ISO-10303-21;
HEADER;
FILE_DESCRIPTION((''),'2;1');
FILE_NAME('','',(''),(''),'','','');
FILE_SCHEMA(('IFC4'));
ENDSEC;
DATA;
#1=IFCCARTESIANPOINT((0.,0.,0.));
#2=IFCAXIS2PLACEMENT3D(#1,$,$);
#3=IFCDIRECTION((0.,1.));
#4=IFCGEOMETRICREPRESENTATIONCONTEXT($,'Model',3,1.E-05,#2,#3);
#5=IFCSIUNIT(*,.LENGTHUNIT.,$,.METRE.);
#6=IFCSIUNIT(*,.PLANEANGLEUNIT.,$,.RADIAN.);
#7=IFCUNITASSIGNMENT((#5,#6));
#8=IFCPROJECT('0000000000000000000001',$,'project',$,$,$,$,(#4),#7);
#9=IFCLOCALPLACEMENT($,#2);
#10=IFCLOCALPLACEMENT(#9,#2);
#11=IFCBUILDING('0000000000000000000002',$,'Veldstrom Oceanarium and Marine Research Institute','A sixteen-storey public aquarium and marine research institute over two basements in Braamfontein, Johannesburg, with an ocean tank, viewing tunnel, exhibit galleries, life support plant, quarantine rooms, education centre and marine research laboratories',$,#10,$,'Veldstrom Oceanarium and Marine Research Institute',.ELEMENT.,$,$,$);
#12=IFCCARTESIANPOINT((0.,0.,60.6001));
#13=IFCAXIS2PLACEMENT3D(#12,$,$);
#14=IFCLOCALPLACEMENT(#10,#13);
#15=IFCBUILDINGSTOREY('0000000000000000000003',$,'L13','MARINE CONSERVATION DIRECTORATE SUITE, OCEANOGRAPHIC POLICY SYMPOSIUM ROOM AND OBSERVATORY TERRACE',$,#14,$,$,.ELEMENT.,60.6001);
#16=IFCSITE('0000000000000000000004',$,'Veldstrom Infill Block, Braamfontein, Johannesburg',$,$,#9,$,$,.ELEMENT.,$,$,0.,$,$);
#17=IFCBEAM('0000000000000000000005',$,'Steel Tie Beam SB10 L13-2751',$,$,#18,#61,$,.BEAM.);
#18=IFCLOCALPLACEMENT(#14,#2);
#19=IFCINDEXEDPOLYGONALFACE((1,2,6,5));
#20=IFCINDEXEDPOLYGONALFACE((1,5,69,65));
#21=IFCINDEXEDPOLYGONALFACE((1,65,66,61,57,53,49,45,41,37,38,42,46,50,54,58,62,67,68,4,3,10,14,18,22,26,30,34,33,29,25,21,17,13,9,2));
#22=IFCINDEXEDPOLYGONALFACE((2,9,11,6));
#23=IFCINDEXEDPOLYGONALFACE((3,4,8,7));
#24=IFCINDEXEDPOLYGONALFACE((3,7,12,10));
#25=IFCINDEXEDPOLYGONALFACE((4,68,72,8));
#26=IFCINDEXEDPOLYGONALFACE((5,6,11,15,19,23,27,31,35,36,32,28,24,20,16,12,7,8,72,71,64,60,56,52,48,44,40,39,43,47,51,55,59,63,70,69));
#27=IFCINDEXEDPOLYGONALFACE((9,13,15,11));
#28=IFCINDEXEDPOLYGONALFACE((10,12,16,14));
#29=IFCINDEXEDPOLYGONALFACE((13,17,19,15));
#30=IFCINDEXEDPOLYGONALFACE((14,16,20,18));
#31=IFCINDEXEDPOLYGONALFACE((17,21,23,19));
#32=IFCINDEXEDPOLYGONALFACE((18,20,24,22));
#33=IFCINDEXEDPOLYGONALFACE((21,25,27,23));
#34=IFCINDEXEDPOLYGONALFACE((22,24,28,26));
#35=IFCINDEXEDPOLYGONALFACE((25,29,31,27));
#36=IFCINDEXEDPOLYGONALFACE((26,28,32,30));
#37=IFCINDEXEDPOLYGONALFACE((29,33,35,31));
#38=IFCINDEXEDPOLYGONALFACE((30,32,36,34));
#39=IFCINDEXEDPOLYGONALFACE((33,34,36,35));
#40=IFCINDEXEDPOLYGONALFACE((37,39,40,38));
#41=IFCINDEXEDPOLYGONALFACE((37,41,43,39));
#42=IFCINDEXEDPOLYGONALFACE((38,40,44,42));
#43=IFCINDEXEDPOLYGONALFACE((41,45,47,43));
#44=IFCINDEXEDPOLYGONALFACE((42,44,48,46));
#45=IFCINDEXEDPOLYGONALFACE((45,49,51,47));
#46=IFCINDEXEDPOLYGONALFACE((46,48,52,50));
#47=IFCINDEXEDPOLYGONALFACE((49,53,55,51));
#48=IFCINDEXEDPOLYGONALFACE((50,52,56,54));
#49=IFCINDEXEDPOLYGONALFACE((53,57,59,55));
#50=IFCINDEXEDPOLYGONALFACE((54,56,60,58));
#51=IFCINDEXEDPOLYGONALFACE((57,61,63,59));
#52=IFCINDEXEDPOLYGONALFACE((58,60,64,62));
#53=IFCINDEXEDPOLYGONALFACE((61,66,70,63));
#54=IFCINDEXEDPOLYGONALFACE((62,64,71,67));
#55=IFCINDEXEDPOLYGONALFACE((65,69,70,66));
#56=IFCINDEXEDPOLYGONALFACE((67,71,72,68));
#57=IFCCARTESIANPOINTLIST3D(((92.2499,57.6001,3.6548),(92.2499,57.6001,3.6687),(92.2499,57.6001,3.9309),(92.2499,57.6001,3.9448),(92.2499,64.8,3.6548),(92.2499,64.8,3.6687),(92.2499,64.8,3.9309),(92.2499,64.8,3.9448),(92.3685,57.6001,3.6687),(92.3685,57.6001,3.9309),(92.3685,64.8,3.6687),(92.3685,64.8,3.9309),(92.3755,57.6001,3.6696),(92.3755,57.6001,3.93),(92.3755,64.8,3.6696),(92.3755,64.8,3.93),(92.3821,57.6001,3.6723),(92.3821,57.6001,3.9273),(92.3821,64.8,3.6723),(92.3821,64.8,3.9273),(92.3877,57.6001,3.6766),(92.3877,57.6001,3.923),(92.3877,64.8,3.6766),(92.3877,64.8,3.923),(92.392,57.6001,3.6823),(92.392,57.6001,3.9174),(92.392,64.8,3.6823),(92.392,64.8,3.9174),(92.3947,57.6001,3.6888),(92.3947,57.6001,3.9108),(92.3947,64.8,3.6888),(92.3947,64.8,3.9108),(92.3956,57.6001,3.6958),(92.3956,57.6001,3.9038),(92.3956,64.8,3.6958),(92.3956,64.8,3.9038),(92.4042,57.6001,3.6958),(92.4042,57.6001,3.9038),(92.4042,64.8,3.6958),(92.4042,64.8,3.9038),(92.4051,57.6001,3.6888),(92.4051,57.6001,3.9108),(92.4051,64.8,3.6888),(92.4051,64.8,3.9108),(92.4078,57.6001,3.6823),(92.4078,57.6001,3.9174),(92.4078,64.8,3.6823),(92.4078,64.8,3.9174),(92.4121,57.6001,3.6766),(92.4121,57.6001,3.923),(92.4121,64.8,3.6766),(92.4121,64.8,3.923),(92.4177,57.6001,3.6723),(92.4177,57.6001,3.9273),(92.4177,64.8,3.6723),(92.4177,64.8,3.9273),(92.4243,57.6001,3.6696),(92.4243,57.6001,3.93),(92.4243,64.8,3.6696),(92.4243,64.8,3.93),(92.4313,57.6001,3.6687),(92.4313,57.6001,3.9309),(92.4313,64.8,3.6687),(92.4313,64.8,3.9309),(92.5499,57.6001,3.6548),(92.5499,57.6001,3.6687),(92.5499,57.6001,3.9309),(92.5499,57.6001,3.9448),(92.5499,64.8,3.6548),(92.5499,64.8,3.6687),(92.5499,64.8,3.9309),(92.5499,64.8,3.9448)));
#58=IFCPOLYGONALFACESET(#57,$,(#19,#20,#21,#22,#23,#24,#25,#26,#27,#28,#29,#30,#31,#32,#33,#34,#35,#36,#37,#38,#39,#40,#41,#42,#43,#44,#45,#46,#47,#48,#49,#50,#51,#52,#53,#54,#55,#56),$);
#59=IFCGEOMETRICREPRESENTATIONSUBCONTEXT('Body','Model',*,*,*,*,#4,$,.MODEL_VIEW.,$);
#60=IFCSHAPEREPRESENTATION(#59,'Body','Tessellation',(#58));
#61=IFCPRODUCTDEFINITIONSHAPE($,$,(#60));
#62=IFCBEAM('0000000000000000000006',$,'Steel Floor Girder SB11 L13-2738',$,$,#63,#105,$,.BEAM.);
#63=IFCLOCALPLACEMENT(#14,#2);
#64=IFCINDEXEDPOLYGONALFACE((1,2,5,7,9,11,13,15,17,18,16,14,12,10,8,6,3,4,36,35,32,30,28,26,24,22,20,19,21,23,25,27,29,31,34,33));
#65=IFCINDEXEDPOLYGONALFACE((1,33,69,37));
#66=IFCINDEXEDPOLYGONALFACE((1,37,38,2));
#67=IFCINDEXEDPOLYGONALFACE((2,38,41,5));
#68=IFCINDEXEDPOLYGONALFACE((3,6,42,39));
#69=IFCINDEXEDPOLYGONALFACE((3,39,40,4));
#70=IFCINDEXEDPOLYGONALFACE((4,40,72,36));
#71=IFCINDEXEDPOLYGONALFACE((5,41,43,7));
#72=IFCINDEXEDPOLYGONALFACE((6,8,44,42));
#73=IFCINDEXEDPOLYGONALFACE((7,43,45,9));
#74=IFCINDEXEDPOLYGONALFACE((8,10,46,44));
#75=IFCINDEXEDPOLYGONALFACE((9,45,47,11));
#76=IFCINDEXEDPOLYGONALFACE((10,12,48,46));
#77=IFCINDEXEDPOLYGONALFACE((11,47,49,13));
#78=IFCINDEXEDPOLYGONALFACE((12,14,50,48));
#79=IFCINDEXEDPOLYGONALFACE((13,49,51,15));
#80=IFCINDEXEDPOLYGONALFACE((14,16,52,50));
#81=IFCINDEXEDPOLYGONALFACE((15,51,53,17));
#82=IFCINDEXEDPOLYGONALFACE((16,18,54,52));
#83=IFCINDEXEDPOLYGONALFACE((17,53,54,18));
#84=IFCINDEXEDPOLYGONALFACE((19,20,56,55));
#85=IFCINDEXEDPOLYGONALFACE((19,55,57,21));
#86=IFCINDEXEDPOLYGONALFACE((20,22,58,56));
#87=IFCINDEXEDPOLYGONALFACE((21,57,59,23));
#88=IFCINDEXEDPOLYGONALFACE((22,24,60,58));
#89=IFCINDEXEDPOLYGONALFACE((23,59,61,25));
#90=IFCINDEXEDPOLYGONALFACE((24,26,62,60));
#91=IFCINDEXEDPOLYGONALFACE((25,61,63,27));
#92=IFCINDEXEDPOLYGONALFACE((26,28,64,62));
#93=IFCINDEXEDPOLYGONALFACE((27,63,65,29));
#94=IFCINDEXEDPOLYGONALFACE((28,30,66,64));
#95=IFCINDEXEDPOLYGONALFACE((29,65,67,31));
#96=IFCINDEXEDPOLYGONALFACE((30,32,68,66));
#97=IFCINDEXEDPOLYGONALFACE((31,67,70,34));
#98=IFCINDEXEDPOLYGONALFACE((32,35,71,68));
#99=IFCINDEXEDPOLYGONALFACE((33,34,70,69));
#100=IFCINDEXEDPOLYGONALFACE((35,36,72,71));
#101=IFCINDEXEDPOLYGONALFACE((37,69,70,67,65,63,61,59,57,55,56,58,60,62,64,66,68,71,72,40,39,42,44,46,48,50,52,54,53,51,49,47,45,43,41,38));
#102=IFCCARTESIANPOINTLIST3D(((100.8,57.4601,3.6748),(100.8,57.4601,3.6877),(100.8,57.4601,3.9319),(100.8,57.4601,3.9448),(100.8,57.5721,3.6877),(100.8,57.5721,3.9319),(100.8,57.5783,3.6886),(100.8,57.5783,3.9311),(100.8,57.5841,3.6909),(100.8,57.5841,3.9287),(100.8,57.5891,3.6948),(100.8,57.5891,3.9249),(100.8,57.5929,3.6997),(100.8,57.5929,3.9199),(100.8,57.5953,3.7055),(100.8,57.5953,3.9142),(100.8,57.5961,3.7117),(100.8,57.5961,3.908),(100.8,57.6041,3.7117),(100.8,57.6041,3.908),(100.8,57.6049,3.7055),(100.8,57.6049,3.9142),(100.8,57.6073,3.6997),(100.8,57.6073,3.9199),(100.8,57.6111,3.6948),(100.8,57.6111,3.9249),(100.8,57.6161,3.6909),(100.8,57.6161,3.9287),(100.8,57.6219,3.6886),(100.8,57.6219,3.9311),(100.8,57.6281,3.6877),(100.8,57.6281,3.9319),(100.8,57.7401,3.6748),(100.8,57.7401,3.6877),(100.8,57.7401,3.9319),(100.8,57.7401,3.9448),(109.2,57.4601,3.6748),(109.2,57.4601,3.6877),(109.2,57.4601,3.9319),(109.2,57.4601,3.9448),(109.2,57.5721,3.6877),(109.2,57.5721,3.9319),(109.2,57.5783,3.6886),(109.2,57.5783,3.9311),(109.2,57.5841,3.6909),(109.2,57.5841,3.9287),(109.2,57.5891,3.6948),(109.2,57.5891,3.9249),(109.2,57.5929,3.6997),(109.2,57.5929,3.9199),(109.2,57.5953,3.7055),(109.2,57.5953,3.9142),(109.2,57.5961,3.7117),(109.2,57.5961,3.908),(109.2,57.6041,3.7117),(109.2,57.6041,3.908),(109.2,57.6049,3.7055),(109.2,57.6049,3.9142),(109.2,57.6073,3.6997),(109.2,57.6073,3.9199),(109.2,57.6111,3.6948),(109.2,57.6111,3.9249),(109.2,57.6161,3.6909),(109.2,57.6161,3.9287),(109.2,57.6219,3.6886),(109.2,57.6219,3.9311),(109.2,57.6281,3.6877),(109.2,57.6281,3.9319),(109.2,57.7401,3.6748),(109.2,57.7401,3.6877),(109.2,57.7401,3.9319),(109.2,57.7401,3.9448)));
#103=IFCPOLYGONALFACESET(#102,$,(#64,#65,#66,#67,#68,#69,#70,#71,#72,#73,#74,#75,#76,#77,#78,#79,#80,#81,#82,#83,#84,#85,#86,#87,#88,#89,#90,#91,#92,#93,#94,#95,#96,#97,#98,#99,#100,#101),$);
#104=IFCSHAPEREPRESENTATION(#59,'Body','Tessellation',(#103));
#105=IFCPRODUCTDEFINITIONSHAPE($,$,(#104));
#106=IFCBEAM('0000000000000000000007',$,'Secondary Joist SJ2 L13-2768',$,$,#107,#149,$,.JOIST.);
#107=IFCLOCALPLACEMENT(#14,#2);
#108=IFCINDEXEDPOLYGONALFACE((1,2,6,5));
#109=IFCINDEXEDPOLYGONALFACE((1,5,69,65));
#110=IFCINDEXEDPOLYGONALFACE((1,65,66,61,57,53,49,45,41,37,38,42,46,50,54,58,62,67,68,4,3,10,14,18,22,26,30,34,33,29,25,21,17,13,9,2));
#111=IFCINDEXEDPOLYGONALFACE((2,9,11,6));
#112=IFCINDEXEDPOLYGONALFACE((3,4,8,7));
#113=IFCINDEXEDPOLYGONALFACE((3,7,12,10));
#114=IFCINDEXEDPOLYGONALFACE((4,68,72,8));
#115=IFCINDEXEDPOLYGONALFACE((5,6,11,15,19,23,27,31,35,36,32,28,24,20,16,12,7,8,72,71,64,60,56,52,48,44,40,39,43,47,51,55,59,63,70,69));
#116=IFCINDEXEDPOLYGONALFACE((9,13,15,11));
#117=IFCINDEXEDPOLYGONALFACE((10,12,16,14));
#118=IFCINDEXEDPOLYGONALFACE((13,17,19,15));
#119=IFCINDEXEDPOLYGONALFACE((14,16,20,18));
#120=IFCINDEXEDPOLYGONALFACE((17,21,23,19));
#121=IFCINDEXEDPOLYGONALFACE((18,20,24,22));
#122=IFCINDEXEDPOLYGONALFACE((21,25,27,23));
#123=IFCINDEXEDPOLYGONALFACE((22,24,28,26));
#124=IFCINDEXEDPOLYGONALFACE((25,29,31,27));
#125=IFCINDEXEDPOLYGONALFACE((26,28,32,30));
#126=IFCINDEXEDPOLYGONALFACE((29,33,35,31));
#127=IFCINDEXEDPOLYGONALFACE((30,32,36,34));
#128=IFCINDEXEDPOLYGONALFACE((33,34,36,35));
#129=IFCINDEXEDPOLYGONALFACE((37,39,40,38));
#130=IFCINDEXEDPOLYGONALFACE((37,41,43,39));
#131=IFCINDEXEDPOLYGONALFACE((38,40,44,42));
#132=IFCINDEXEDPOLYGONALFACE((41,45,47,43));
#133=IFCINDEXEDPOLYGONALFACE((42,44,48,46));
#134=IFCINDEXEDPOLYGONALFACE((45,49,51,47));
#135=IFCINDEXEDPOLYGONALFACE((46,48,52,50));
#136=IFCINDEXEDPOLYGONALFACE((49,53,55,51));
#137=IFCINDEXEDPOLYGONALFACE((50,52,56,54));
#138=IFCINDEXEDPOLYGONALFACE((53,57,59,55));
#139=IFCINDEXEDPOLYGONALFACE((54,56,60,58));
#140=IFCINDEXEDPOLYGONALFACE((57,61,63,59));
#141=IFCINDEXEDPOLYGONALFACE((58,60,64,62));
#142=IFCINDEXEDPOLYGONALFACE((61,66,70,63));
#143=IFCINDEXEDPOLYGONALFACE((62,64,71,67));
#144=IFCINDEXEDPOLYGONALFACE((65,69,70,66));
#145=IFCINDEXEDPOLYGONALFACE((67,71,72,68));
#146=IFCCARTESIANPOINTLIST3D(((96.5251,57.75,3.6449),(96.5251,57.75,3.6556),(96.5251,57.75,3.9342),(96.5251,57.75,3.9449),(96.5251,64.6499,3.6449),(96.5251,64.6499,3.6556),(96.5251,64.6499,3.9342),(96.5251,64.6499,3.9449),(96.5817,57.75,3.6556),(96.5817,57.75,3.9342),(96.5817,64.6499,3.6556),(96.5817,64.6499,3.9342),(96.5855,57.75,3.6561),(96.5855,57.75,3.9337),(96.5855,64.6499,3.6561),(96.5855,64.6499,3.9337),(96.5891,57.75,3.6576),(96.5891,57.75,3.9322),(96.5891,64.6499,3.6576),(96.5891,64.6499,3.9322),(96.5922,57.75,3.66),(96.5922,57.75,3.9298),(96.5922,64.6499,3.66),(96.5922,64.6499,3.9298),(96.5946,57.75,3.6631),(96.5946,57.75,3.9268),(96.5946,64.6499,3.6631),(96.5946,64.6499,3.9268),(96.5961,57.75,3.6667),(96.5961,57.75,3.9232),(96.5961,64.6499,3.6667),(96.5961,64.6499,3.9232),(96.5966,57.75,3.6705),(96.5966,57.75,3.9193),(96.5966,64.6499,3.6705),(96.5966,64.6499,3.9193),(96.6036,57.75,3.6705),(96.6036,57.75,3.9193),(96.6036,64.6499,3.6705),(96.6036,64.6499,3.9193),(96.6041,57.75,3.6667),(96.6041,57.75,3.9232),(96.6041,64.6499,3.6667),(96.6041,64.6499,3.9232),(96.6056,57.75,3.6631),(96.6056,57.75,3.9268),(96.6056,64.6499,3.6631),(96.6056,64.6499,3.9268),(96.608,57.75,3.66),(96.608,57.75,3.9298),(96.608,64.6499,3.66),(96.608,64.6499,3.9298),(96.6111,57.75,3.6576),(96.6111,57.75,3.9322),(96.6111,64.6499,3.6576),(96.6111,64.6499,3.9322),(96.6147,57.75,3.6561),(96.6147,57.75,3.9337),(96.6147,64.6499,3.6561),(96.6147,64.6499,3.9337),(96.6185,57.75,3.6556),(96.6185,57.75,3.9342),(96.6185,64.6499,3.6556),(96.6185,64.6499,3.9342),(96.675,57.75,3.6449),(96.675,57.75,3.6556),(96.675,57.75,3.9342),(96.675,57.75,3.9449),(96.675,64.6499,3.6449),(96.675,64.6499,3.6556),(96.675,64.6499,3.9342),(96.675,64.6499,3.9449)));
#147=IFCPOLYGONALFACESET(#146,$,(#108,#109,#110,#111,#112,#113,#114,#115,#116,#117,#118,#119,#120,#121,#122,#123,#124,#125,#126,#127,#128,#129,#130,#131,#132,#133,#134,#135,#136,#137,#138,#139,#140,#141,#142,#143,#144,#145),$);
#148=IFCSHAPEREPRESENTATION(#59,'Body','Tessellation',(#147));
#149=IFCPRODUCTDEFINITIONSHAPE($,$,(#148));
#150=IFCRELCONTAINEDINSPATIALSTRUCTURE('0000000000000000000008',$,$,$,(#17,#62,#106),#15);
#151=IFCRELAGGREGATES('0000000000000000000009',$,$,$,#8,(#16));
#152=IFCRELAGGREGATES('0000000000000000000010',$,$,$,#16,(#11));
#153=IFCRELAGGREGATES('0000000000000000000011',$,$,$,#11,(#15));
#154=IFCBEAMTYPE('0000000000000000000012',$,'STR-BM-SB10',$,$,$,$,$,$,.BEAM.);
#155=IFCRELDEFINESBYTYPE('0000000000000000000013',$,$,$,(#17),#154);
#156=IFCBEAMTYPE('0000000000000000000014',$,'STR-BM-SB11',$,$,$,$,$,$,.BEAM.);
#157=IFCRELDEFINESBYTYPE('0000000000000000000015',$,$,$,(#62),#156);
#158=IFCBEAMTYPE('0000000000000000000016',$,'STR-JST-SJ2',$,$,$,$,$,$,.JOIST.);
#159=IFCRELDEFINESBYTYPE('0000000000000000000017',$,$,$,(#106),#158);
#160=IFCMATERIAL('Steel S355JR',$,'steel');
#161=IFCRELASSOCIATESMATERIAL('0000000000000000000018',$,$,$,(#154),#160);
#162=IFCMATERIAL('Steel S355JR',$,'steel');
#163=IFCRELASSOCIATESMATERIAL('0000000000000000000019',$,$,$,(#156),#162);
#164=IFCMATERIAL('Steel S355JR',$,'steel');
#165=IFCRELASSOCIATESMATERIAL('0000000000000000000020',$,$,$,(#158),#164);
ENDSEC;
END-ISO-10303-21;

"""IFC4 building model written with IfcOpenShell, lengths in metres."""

from ifc_helpers import new_model, si_unit, direction, frame, origin, origin_2d, place, context, subcontext, project, spatial, i_section, extrude, material, material_profile, profile_set, type_object, element, save


model = new_model("IFC4")

# Units and contexts
model_context = context("Model", 3, precision=1e-05, world=origin(), true_north=direction((0.0, 1.0)))
body_context = subcontext(model_context, "Body", "Model", "MODEL_VIEW")
ifc_project = project(units=[si_unit("LENGTHUNIT", "METRE"), si_unit("PLANEANGLEUNIT", "RADIAN")], contexts=[model_context])

# Site, building, storey
site_placement = place(None, origin())
site = spatial("IfcSite", under=ifc_project, at=site_placement, Name="Veldstrom Infill Block, Braamfontein, Johannesburg", CompositionType="ELEMENT", RefElevation=0.0)
building_placement = place(site_placement, origin())
building = spatial("IfcBuilding", under=site, at=building_placement, Name="Veldstrom Oceanarium and Marine Research Institute", Description="A sixteen-storey public aquarium and marine research institute over two basements in Braamfontein, Johannesburg, with an ocean tank, viewing tunnel, exhibit galleries, life support plant, quarantine rooms, education centre and marine research laboratories", LongName="Veldstrom Oceanarium and Marine Research Institute", CompositionType="ELEMENT")
storey_placement = place(building_placement, frame((0.0, 0.0, 60.6001)))
storey = spatial("IfcBuildingStorey", under=building, at=storey_placement, Name="L13", Description="MARINE CONSERVATION DIRECTORATE SUITE, OCEANOGRAPHIC POLICY SYMPOSIUM ROOM AND OBSERVATORY TERRACE", CompositionType="ELEMENT", Elevation=60.6001)

# Beams
ifc_material_1 = material(Name="Steel S355JR", Category="steel")
ifc_material_profile_1 = material_profile(ifc_material_1, i_section(OverallWidth=0.3, OverallDepth=0.29, WebThickness=0.0085, FlangeThickness=0.0139, FilletRadius=0.0271, at=origin_2d()), Name="HEA 300")
ifc_profile_set_1 = profile_set([ifc_material_profile_1], Name="Steel S355JR")
beam_type_1 = type_object("IfcBeamType", Name="STR-BM-SB10", PredefinedType="BEAM", material=ifc_profile_set_1)
beam_1_placement = place(storey_placement, frame((92.3999, 57.6001, 3.7998), z_axis=(0.0, 1.0, 0.0), x_axis=(-1.0, 0.0, 0.0)))
element("IfcBeam", 1, at=beam_1_placement, inside=storey, type_object=beam_type_1, Name="Steel Tie Beam SB10 L13-2751", PredefinedType="BEAM", context=body_context, shape_type="SweptSolid", body=[
    extrude(i_section(OverallWidth=0.3, OverallDepth=0.29, WebThickness=0.0085, FlangeThickness=0.0139, FilletRadius=0.0271, at=origin_2d()), origin(), (0.0, 0.0, 1.0), 7.2),
])
ifc_material_2 = material(Name="Steel S355JR", Category="steel")
ifc_material_profile_2 = material_profile(ifc_material_2, i_section(OverallWidth=0.28, OverallDepth=0.27, WebThickness=0.0081, FlangeThickness=0.0129, FilletRadius=0.0239, at=origin_2d()), Name="HEA 280")
ifc_profile_set_2 = profile_set([ifc_material_profile_2], Name="Steel S355JR")
beam_type_2 = type_object("IfcBeamType", Name="STR-BM-SB11", PredefinedType="BEAM", material=ifc_profile_set_2)
beam_2_placement = place(storey_placement, frame((100.8, 57.6001, 3.8098), z_axis=(1.0, 0.0, 0.0), x_axis=(0.0, 1.0, 0.0)))
element("IfcBeam", 2, at=beam_2_placement, inside=storey, type_object=beam_type_2, Name="Steel Floor Girder SB11 L13-2738", PredefinedType="BEAM", context=body_context, shape_type="SweptSolid", body=[
    extrude(i_section(OverallWidth=0.28, OverallDepth=0.27, WebThickness=0.0081, FlangeThickness=0.0129, FilletRadius=0.0239, at=origin_2d()), origin(), (0.0, 0.0, 1.0), 8.3999),
])
ifc_material_3 = material(Name="Steel S355JR", Category="steel")
ifc_material_profile_3 = material_profile(ifc_material_3, i_section(OverallWidth=0.1499, OverallDepth=0.3, WebThickness=0.0071, FlangeThickness=0.0107, FilletRadius=0.0149, at=origin_2d()), Name="IPE 300")
ifc_profile_set_3 = profile_set([ifc_material_profile_3], Name="Steel S355JR")
beam_type_3 = type_object("IfcBeamType", Name="STR-JST-SJ2", PredefinedType="JOIST", material=ifc_profile_set_3)
beam_3_placement = place(storey_placement, frame((96.6001, 57.75, 3.7949), z_axis=(0.0, 1.0, 0.0), x_axis=(-1.0, 0.0, 0.0)))
element("IfcBeam", 3, at=beam_3_placement, inside=storey, type_object=beam_type_3, Name="Secondary Joist SJ2 L13-2768", PredefinedType="JOIST", context=body_context, shape_type="SweptSolid", body=[
    extrude(i_section(OverallWidth=0.1499, OverallDepth=0.3, WebThickness=0.0071, FlangeThickness=0.0107, FilletRadius=0.0149, at=origin_2d()), origin(), (0.0, 0.0, 1.0), 6.8999),
])

save(model, "model.ifc")
